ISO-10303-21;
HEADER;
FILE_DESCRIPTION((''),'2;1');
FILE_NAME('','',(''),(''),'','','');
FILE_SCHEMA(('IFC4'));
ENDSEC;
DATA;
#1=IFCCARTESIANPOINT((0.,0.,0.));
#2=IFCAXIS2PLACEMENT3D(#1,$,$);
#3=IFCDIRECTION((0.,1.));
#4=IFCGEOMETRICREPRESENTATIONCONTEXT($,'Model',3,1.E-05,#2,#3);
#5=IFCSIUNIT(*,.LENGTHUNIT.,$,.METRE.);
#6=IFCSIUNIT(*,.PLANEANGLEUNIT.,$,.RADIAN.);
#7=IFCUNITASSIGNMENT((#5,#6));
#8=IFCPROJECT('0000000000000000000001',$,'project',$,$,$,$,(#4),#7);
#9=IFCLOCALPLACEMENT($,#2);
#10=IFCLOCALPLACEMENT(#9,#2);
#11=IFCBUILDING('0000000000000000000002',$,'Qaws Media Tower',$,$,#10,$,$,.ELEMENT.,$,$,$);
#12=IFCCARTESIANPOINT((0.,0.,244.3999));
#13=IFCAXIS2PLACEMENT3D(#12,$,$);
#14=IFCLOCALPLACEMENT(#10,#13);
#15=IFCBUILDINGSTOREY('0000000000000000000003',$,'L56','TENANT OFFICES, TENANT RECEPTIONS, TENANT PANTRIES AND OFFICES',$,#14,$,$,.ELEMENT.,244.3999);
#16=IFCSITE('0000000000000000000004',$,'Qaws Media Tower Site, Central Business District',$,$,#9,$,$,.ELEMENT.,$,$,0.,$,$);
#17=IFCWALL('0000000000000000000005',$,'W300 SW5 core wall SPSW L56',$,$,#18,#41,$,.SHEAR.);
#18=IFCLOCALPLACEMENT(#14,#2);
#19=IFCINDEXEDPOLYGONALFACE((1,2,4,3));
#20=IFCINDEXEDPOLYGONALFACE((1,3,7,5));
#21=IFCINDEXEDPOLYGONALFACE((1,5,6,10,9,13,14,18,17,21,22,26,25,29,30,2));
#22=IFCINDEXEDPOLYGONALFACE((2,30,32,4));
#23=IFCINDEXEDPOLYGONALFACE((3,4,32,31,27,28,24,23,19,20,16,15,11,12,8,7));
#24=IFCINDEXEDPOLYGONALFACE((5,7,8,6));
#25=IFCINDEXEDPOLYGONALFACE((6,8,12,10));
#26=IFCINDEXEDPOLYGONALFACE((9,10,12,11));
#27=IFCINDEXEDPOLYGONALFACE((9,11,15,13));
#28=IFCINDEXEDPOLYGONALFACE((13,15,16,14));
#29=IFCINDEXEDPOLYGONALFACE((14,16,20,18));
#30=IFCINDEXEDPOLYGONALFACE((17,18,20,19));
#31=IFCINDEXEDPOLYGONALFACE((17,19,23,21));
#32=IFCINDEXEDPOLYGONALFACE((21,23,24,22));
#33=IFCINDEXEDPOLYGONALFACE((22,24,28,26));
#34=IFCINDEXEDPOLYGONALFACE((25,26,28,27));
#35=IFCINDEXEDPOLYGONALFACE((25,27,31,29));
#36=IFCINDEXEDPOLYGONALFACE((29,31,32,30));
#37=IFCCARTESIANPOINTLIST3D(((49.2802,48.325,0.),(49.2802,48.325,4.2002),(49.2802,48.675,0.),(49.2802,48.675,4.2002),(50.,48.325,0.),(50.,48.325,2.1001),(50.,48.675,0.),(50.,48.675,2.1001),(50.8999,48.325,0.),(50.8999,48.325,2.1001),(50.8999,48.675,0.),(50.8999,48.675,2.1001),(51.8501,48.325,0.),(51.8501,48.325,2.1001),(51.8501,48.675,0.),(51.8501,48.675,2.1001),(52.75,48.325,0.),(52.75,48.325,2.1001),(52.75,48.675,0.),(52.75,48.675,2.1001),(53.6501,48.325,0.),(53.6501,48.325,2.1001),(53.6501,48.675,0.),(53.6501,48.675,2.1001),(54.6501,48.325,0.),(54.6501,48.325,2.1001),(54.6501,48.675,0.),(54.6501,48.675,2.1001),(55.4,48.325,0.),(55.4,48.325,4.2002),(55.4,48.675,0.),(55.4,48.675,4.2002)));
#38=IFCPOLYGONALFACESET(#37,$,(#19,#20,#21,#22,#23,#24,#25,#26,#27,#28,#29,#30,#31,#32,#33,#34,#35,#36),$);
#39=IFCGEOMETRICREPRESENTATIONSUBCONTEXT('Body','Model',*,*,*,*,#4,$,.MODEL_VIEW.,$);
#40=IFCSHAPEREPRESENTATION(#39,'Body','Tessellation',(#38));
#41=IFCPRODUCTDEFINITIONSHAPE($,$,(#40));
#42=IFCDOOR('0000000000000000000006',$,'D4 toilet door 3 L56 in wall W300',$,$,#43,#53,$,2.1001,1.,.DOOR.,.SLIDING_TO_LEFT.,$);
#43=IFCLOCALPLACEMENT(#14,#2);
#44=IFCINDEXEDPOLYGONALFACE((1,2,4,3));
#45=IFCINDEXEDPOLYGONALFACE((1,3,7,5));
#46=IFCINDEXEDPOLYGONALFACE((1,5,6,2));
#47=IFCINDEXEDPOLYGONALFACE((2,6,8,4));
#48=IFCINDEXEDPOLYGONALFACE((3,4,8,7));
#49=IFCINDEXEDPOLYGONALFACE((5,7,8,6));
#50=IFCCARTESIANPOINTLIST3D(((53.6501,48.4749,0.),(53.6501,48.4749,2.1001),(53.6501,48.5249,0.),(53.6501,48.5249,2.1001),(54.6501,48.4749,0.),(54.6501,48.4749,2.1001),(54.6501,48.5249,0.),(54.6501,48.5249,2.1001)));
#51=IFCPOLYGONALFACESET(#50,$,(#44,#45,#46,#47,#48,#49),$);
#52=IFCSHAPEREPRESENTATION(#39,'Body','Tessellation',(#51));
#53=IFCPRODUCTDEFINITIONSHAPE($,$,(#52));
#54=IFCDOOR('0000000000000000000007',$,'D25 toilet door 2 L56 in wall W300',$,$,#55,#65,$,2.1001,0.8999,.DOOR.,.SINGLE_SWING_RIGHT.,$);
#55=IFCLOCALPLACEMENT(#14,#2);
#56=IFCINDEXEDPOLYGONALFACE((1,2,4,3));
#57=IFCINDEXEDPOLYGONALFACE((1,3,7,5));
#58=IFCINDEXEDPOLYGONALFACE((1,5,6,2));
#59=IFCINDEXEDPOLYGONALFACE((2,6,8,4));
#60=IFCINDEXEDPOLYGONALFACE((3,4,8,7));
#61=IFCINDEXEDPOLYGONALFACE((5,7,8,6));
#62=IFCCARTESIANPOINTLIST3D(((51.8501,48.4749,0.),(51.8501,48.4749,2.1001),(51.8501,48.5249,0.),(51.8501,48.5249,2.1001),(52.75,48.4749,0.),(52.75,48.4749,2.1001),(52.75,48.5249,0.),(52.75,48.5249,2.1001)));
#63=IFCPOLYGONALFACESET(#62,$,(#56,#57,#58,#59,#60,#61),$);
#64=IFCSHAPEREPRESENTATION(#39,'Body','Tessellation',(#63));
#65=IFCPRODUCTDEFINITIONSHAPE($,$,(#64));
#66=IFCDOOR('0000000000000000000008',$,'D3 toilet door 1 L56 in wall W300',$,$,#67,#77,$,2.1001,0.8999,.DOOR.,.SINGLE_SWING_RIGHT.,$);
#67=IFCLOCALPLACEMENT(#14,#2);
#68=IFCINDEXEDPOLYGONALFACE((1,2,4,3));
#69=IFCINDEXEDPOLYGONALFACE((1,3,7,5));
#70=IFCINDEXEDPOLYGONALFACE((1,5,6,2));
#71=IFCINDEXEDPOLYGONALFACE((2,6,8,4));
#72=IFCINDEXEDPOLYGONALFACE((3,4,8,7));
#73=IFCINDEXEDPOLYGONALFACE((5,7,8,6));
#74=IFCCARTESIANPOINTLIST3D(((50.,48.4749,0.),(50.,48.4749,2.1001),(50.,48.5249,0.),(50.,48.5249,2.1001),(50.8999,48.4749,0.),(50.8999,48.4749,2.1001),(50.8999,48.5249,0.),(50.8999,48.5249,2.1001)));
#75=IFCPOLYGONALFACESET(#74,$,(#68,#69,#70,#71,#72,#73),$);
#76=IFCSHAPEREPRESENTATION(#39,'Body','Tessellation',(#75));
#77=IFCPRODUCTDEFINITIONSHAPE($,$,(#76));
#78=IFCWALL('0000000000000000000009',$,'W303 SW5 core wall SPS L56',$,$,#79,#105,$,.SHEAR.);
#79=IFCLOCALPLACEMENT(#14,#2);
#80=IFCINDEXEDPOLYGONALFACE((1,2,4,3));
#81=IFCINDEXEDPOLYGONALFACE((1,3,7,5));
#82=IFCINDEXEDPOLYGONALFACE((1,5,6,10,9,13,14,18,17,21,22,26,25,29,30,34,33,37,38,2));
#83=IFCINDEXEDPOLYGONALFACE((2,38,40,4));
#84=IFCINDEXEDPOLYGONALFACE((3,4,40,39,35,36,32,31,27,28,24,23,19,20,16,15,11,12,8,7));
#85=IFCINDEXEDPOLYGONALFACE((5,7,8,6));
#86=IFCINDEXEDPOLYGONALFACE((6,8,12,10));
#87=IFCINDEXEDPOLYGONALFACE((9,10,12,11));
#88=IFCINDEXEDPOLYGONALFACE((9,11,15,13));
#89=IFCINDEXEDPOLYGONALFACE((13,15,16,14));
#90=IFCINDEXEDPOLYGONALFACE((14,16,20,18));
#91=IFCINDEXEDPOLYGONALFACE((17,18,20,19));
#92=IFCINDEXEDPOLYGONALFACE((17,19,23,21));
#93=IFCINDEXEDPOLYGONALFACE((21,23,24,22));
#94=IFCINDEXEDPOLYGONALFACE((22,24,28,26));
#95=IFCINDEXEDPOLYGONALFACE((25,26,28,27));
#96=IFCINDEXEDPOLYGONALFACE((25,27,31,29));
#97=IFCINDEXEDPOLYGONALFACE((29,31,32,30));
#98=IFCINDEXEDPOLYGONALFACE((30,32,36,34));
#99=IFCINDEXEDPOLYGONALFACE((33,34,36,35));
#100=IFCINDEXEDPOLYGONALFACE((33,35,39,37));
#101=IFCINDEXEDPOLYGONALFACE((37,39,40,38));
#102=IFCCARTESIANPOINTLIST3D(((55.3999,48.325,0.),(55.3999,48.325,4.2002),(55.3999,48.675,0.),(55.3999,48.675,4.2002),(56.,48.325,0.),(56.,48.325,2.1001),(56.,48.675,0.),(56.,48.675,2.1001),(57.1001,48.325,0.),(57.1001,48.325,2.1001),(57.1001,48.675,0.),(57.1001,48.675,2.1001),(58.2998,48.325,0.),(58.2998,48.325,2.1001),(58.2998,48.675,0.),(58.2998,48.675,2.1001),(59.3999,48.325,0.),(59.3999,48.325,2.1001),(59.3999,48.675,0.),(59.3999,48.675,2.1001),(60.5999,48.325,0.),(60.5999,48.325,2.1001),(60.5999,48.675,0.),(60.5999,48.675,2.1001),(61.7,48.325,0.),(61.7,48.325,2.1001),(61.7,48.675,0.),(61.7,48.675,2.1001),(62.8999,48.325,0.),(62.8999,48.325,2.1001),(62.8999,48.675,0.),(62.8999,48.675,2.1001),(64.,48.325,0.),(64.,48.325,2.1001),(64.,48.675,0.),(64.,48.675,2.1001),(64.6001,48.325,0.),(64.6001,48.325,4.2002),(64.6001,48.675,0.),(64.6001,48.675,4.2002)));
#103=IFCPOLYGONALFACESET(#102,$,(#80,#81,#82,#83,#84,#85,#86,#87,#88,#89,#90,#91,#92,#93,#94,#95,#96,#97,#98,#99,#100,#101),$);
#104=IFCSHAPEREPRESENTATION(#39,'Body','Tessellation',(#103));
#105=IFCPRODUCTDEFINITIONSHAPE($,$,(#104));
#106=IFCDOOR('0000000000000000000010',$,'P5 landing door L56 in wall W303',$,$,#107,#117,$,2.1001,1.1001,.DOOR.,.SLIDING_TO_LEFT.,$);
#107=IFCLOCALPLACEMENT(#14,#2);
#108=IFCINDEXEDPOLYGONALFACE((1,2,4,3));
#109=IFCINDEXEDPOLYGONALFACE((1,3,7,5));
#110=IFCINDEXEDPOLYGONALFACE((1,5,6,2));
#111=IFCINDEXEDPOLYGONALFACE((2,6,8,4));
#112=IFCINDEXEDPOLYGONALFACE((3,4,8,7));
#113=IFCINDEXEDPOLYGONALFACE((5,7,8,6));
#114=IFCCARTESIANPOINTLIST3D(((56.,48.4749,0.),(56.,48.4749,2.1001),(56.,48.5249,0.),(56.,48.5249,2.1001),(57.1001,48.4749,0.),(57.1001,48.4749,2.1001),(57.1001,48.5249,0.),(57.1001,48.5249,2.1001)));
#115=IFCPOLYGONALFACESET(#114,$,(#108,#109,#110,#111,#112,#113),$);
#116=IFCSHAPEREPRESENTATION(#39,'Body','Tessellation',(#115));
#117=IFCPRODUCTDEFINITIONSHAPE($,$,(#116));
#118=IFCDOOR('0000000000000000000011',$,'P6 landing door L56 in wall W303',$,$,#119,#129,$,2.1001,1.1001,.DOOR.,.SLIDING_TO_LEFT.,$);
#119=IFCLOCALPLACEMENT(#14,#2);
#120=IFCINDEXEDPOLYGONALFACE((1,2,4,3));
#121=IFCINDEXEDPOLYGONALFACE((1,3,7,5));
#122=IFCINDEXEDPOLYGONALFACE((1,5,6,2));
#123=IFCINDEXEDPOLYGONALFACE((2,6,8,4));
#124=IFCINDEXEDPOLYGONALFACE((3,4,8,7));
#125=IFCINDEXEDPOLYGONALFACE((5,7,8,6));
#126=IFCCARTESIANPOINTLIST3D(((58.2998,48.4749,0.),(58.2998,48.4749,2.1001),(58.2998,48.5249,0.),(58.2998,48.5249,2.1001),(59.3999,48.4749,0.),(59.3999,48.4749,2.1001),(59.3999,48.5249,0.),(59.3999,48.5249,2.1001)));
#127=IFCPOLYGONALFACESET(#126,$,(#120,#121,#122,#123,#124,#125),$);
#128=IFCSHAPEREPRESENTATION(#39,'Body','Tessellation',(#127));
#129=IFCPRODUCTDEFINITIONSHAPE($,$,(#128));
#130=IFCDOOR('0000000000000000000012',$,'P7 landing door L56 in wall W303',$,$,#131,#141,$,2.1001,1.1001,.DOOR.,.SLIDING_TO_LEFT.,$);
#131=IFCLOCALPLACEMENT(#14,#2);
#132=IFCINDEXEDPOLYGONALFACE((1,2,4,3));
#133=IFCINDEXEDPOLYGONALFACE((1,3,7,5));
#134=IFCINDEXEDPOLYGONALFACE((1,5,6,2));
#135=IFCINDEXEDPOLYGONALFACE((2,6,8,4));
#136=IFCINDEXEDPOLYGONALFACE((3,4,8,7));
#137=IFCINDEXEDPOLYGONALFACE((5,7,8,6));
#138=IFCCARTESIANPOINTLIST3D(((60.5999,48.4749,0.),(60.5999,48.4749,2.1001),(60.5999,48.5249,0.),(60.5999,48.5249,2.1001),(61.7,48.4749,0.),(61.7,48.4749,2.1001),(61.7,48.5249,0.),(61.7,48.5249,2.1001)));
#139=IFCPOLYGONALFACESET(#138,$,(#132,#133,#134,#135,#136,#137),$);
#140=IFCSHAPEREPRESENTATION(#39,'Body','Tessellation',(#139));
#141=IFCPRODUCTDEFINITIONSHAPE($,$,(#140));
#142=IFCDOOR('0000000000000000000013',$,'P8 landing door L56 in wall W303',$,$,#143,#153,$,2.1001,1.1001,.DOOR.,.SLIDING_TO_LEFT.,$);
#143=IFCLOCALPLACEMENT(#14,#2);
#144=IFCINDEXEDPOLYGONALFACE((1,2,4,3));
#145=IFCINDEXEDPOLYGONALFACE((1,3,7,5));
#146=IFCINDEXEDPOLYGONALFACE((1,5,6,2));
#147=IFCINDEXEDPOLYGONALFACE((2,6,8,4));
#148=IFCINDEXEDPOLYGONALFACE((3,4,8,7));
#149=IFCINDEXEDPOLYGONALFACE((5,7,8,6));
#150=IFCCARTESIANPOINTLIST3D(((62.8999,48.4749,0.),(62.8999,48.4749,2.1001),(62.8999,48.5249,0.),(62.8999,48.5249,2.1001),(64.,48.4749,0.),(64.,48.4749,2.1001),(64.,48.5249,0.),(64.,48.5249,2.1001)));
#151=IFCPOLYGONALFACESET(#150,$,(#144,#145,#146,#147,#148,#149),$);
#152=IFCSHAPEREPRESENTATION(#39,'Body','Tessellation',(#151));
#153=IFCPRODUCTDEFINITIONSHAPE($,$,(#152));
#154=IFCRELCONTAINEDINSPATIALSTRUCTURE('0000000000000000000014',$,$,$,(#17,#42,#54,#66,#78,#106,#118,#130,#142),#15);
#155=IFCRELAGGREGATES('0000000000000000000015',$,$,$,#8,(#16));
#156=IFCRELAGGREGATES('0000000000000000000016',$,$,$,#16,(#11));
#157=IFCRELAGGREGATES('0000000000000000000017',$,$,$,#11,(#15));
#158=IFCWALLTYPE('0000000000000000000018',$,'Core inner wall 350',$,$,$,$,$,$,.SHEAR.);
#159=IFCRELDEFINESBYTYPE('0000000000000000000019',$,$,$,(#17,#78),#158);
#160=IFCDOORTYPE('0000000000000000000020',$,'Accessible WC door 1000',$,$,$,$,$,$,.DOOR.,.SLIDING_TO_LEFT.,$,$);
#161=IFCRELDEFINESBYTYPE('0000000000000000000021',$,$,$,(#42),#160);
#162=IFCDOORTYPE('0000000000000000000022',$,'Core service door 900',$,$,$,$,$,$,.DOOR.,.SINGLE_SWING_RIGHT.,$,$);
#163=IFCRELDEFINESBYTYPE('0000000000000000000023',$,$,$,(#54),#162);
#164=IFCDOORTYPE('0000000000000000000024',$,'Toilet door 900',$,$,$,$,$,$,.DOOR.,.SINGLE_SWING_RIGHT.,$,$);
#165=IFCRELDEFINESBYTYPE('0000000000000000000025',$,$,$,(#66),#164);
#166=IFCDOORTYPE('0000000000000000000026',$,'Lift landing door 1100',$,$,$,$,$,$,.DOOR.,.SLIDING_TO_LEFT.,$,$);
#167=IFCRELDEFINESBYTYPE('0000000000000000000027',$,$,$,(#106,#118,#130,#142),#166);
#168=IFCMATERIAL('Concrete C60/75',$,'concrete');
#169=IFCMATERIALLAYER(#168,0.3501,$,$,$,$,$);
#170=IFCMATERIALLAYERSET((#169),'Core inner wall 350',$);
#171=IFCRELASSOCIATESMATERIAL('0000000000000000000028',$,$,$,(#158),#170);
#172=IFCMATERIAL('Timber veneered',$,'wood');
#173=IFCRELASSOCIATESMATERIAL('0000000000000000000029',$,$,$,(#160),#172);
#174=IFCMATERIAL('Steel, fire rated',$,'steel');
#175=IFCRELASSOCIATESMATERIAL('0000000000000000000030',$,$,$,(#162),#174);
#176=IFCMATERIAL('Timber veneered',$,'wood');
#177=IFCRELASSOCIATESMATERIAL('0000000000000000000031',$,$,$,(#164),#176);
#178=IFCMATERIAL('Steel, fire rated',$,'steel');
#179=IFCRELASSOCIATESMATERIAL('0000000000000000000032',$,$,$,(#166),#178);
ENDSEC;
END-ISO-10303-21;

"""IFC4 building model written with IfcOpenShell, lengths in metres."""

from ifc_helpers import new_model, si_unit, direction, frame, frame_2d, origin, place, context, subcontext, project, spatial, rectangle, extrude, material, layer, layer_set, type_object, element, fill, save


model = new_model("IFC4")

# Units and contexts
model_context = context("Model", 3, precision=1e-05, world=origin(), true_north=direction((0.0, 1.0)))
body_context = subcontext(model_context, "Body", "Model", "MODEL_VIEW")
ifc_project = project(units=[si_unit("LENGTHUNIT", "METRE"), si_unit("PLANEANGLEUNIT", "RADIAN")], contexts=[model_context])

# Site, building, storey
site_placement = place(None, origin())
site = spatial("IfcSite", under=ifc_project, at=site_placement, Name="Qaws Media Tower Site, Central Business District", CompositionType="ELEMENT", RefElevation=0.0)
building_placement = place(site_placement, origin())
building = spatial("IfcBuilding", under=site, at=building_placement, Name="Qaws Media Tower", CompositionType="ELEMENT")
storey_placement = place(building_placement, frame((0.0, 0.0, 244.3999)))
storey = spatial("IfcBuildingStorey", under=building, at=storey_placement, Name="L56", Description="TENANT OFFICES, TENANT RECEPTIONS, TENANT PANTRIES AND OFFICES", CompositionType="ELEMENT", Elevation=244.3999)

# Walls, openings, doors
ifc_material_1 = material(Name="Concrete C60/75", Category="concrete")
ifc_layer_1 = layer(ifc_material_1, 0.3501)
ifc_layer_set_1 = layer_set([ifc_layer_1], Name="Core inner wall 350")
wall_type_1 = type_object("IfcWallType", Name="Core inner wall 350", PredefinedType="SHEAR", material=ifc_layer_set_1)
wall_1_placement = place(storey_placement, frame((49.28, 48.5, 0.0), z_axis=(0.0, 0.0, 1.0), x_axis=(1.0, 0.0, 0.0)))
wall_1 = element("IfcWall", 1, at=wall_1_placement, inside=storey, type_object=wall_type_1, Name="W300 SW5 core wall SPSW L56", PredefinedType="SHEAR", context=body_context, shape_type="SweptSolid", body=[
    extrude(rectangle(XDim=6.1199, YDim=0.3501, at=frame_2d((3.0601, 0.0))), origin(), (0.0, 0.0, 1.0), 4.2002),
])
opening_1_placement = place(wall_1_placement, frame((0.72, 0.0, 0.0)))
opening_1 = element("IfcOpeningElement", 2, at=opening_1_placement, cuts=wall_1, PredefinedType="OPENING", context=body_context, shape_type="SweptSolid", body=[
    extrude(rectangle(XDim=0.8999, YDim=2.1001, at=frame_2d((0.45, 1.05))), frame((0.0, 0.1851, 0.0), z_axis=(0.0, -1.0, 0.0), x_axis=(1.0, 0.0, 0.0)), (0.0, 0.0, 1.0), 0.3701),
])
opening_2_placement = place(wall_1_placement, frame((2.5701, 0.0, 0.0)))
opening_2 = element("IfcOpeningElement", 3, at=opening_2_placement, cuts=wall_1, PredefinedType="OPENING", context=body_context, shape_type="SweptSolid", body=[
    extrude(rectangle(XDim=0.8999, YDim=2.1001, at=frame_2d((0.45, 1.05))), frame((0.0, 0.1851, 0.0), z_axis=(0.0, -1.0, 0.0), x_axis=(1.0, 0.0, 0.0)), (0.0, 0.0, 1.0), 0.3701),
])
opening_3_placement = place(wall_1_placement, frame((4.3701, 0.0, 0.0)))
opening_3 = element("IfcOpeningElement", 4, at=opening_3_placement, cuts=wall_1, PredefinedType="OPENING", context=body_context, shape_type="SweptSolid", body=[
    extrude(rectangle(XDim=1.0, YDim=2.1001, at=frame_2d((0.5, 1.05))), frame((0.0, 0.1851, 0.0), z_axis=(0.0, -1.0, 0.0), x_axis=(1.0, 0.0, 0.0)), (0.0, 0.0, 1.0), 0.3701),
])
ifc_material_2 = material(Name="Timber veneered", Category="wood")
door_type_1 = type_object("IfcDoorType", Name="Accessible WC door 1000", OperationType="SLIDING_TO_LEFT", PredefinedType="DOOR", material=ifc_material_2)
door_1_placement = place(opening_3_placement, origin())
door_1 = element("IfcDoor", 5, at=door_1_placement, inside=storey, type_object=door_type_1, Name="D4 toilet door 3 L56 in wall W300", OperationType="SLIDING_TO_LEFT", OverallHeight=2.1001, OverallWidth=1.0, PredefinedType="DOOR", context=body_context, shape_type="SweptSolid", body=[
    extrude(rectangle(XDim=1.0, YDim=2.1001, at=frame_2d((0.5, 1.05))), frame((0.0, 0.0249, 0.0), z_axis=(0.0, -1.0, 0.0), x_axis=(1.0, 0.0, 0.0)), (0.0, 0.0, 1.0), 0.05),
])
fill(opening_3, door_1)
ifc_material_3 = material(Name="Steel, fire rated", Category="steel")
door_type_2 = type_object("IfcDoorType", Name="Core service door 900", OperationType="SINGLE_SWING_RIGHT", PredefinedType="DOOR", material=ifc_material_3)
door_2_placement = place(opening_2_placement, origin())
door_2 = element("IfcDoor", 6, at=door_2_placement, inside=storey, type_object=door_type_2, Name="D25 toilet door 2 L56 in wall W300", OperationType="SINGLE_SWING_RIGHT", OverallHeight=2.1001, OverallWidth=0.8999, PredefinedType="DOOR", context=body_context, shape_type="SweptSolid", body=[
    extrude(rectangle(XDim=0.8999, YDim=2.1001, at=frame_2d((0.45, 1.05))), frame((0.0, 0.0249, 0.0), z_axis=(0.0, -1.0, 0.0), x_axis=(1.0, 0.0, 0.0)), (0.0, 0.0, 1.0), 0.05),
])
fill(opening_2, door_2)
ifc_material_4 = material(Name="Timber veneered", Category="wood")
door_type_3 = type_object("IfcDoorType", Name="Toilet door 900", OperationType="SINGLE_SWING_RIGHT", PredefinedType="DOOR", material=ifc_material_4)
door_3_placement = place(opening_1_placement, origin())
door_3 = element("IfcDoor", 7, at=door_3_placement, inside=storey, type_object=door_type_3, Name="D3 toilet door 1 L56 in wall W300", OperationType="SINGLE_SWING_RIGHT", OverallHeight=2.1001, OverallWidth=0.8999, PredefinedType="DOOR", context=body_context, shape_type="SweptSolid", body=[
    extrude(rectangle(XDim=0.8999, YDim=2.1001, at=frame_2d((0.45, 1.05))), frame((0.0, 0.0249, 0.0), z_axis=(0.0, -1.0, 0.0), x_axis=(1.0, 0.0, 0.0)), (0.0, 0.0, 1.0), 0.05),
])
fill(opening_1, door_3)
wall_2_placement = place(storey_placement, frame((55.3999, 48.5, 0.0), z_axis=(0.0, 0.0, 1.0), x_axis=(1.0, 0.0, 0.0)))
wall_2 = element("IfcWall", 8, at=wall_2_placement, inside=storey, type_object=wall_type_1, Name="W303 SW5 core wall SPS L56", PredefinedType="SHEAR", context=body_context, shape_type="SweptSolid", body=[
    extrude(rectangle(XDim=9.2002, YDim=0.3501, at=frame_2d((4.6001, 0.0))), origin(), (0.0, 0.0, 1.0), 4.2002),
])
opening_4_placement = place(wall_2_placement, frame((0.6001, 0.0, 0.0)))
opening_4 = element("IfcOpeningElement", 9, at=opening_4_placement, cuts=wall_2, PredefinedType="OPENING", context=body_context, shape_type="SweptSolid", body=[
    extrude(rectangle(XDim=1.1001, YDim=2.1001, at=frame_2d((0.55, 1.05))), frame((0.0, 0.1851, 0.0), z_axis=(0.0, -1.0, 0.0), x_axis=(1.0, 0.0, 0.0)), (0.0, 0.0, 1.0), 0.3701),
])
opening_5_placement = place(wall_2_placement, frame((2.8999, 0.0, 0.0)))
opening_5 = element("IfcOpeningElement", 10, at=opening_5_placement, cuts=wall_2, PredefinedType="OPENING", context=body_context, shape_type="SweptSolid", body=[
    extrude(rectangle(XDim=1.1001, YDim=2.1001, at=frame_2d((0.55, 1.05))), frame((0.0, 0.1851, 0.0), z_axis=(0.0, -1.0, 0.0), x_axis=(1.0, 0.0, 0.0)), (0.0, 0.0, 1.0), 0.3701),
])
opening_6_placement = place(wall_2_placement, frame((5.2, 0.0, 0.0)))
opening_6 = element("IfcOpeningElement", 11, at=opening_6_placement, cuts=wall_2, PredefinedType="OPENING", context=body_context, shape_type="SweptSolid", body=[
    extrude(rectangle(XDim=1.1001, YDim=2.1001, at=frame_2d((0.55, 1.05))), frame((0.0, 0.1851, 0.0), z_axis=(0.0, -1.0, 0.0), x_axis=(1.0, 0.0, 0.0)), (0.0, 0.0, 1.0), 0.3701),
])
opening_7_placement = place(wall_2_placement, frame((7.5, 0.0, 0.0)))
opening_7 = element("IfcOpeningElement", 12, at=opening_7_placement, cuts=wall_2, PredefinedType="OPENING", context=body_context, shape_type="SweptSolid", body=[
    extrude(rectangle(XDim=1.1001, YDim=2.1001, at=frame_2d((0.55, 1.05))), frame((0.0, 0.1851, 0.0), z_axis=(0.0, -1.0, 0.0), x_axis=(1.0, 0.0, 0.0)), (0.0, 0.0, 1.0), 0.3701),
])
ifc_material_5 = material(Name="Steel, fire rated", Category="steel")
door_type_4 = type_object("IfcDoorType", Name="Lift landing door 1100", OperationType="SLIDING_TO_LEFT", PredefinedType="DOOR", material=ifc_material_5)
door_4_placement = place(opening_4_placement, origin())
door_4 = element("IfcDoor", 13, at=door_4_placement, inside=storey, type_object=door_type_4, Name="P5 landing door L56 in wall W303", OperationType="SLIDING_TO_LEFT", OverallHeight=2.1001, OverallWidth=1.1001, PredefinedType="DOOR", context=body_context, shape_type="SweptSolid", body=[
    extrude(rectangle(XDim=1.1001, YDim=2.1001, at=frame_2d((0.55, 1.05))), frame((0.0, 0.0249, 0.0), z_axis=(0.0, -1.0, 0.0), x_axis=(1.0, 0.0, 0.0)), (0.0, 0.0, 1.0), 0.05),
])
fill(opening_4, door_4)
door_5_placement = place(opening_5_placement, origin())
door_5 = element("IfcDoor", 14, at=door_5_placement, inside=storey, type_object=door_type_4, Name="P6 landing door L56 in wall W303", OperationType="SLIDING_TO_LEFT", OverallHeight=2.1001, OverallWidth=1.1001, PredefinedType="DOOR", context=body_context, shape_type="SweptSolid", body=[
    extrude(rectangle(XDim=1.1001, YDim=2.1001, at=frame_2d((0.55, 1.05))), frame((0.0, 0.0249, 0.0), z_axis=(0.0, -1.0, 0.0), x_axis=(1.0, 0.0, 0.0)), (0.0, 0.0, 1.0), 0.05),
])
fill(opening_5, door_5)
door_6_placement = place(opening_6_placement, origin())
door_6 = element("IfcDoor", 15, at=door_6_placement, inside=storey, type_object=door_type_4, Name="P7 landing door L56 in wall W303", OperationType="SLIDING_TO_LEFT", OverallHeight=2.1001, OverallWidth=1.1001, PredefinedType="DOOR", context=body_context, shape_type="SweptSolid", body=[
    extrude(rectangle(XDim=1.1001, YDim=2.1001, at=frame_2d((0.55, 1.05))), frame((0.0, 0.0249, 0.0), z_axis=(0.0, -1.0, 0.0), x_axis=(1.0, 0.0, 0.0)), (0.0, 0.0, 1.0), 0.05),
])
fill(opening_6, door_6)
door_7_placement = place(opening_7_placement, origin())
door_7 = element("IfcDoor", 16, at=door_7_placement, inside=storey, type_object=door_type_4, Name="P8 landing door L56 in wall W303", OperationType="SLIDING_TO_LEFT", OverallHeight=2.1001, OverallWidth=1.1001, PredefinedType="DOOR", context=body_context, shape_type="SweptSolid", body=[
    extrude(rectangle(XDim=1.1001, YDim=2.1001, at=frame_2d((0.55, 1.05))), frame((0.0, 0.0249, 0.0), z_axis=(0.0, -1.0, 0.0), x_axis=(1.0, 0.0, 0.0)), (0.0, 0.0, 1.0), 0.05),
])
fill(opening_7, door_7)

save(model, "model.ifc")
